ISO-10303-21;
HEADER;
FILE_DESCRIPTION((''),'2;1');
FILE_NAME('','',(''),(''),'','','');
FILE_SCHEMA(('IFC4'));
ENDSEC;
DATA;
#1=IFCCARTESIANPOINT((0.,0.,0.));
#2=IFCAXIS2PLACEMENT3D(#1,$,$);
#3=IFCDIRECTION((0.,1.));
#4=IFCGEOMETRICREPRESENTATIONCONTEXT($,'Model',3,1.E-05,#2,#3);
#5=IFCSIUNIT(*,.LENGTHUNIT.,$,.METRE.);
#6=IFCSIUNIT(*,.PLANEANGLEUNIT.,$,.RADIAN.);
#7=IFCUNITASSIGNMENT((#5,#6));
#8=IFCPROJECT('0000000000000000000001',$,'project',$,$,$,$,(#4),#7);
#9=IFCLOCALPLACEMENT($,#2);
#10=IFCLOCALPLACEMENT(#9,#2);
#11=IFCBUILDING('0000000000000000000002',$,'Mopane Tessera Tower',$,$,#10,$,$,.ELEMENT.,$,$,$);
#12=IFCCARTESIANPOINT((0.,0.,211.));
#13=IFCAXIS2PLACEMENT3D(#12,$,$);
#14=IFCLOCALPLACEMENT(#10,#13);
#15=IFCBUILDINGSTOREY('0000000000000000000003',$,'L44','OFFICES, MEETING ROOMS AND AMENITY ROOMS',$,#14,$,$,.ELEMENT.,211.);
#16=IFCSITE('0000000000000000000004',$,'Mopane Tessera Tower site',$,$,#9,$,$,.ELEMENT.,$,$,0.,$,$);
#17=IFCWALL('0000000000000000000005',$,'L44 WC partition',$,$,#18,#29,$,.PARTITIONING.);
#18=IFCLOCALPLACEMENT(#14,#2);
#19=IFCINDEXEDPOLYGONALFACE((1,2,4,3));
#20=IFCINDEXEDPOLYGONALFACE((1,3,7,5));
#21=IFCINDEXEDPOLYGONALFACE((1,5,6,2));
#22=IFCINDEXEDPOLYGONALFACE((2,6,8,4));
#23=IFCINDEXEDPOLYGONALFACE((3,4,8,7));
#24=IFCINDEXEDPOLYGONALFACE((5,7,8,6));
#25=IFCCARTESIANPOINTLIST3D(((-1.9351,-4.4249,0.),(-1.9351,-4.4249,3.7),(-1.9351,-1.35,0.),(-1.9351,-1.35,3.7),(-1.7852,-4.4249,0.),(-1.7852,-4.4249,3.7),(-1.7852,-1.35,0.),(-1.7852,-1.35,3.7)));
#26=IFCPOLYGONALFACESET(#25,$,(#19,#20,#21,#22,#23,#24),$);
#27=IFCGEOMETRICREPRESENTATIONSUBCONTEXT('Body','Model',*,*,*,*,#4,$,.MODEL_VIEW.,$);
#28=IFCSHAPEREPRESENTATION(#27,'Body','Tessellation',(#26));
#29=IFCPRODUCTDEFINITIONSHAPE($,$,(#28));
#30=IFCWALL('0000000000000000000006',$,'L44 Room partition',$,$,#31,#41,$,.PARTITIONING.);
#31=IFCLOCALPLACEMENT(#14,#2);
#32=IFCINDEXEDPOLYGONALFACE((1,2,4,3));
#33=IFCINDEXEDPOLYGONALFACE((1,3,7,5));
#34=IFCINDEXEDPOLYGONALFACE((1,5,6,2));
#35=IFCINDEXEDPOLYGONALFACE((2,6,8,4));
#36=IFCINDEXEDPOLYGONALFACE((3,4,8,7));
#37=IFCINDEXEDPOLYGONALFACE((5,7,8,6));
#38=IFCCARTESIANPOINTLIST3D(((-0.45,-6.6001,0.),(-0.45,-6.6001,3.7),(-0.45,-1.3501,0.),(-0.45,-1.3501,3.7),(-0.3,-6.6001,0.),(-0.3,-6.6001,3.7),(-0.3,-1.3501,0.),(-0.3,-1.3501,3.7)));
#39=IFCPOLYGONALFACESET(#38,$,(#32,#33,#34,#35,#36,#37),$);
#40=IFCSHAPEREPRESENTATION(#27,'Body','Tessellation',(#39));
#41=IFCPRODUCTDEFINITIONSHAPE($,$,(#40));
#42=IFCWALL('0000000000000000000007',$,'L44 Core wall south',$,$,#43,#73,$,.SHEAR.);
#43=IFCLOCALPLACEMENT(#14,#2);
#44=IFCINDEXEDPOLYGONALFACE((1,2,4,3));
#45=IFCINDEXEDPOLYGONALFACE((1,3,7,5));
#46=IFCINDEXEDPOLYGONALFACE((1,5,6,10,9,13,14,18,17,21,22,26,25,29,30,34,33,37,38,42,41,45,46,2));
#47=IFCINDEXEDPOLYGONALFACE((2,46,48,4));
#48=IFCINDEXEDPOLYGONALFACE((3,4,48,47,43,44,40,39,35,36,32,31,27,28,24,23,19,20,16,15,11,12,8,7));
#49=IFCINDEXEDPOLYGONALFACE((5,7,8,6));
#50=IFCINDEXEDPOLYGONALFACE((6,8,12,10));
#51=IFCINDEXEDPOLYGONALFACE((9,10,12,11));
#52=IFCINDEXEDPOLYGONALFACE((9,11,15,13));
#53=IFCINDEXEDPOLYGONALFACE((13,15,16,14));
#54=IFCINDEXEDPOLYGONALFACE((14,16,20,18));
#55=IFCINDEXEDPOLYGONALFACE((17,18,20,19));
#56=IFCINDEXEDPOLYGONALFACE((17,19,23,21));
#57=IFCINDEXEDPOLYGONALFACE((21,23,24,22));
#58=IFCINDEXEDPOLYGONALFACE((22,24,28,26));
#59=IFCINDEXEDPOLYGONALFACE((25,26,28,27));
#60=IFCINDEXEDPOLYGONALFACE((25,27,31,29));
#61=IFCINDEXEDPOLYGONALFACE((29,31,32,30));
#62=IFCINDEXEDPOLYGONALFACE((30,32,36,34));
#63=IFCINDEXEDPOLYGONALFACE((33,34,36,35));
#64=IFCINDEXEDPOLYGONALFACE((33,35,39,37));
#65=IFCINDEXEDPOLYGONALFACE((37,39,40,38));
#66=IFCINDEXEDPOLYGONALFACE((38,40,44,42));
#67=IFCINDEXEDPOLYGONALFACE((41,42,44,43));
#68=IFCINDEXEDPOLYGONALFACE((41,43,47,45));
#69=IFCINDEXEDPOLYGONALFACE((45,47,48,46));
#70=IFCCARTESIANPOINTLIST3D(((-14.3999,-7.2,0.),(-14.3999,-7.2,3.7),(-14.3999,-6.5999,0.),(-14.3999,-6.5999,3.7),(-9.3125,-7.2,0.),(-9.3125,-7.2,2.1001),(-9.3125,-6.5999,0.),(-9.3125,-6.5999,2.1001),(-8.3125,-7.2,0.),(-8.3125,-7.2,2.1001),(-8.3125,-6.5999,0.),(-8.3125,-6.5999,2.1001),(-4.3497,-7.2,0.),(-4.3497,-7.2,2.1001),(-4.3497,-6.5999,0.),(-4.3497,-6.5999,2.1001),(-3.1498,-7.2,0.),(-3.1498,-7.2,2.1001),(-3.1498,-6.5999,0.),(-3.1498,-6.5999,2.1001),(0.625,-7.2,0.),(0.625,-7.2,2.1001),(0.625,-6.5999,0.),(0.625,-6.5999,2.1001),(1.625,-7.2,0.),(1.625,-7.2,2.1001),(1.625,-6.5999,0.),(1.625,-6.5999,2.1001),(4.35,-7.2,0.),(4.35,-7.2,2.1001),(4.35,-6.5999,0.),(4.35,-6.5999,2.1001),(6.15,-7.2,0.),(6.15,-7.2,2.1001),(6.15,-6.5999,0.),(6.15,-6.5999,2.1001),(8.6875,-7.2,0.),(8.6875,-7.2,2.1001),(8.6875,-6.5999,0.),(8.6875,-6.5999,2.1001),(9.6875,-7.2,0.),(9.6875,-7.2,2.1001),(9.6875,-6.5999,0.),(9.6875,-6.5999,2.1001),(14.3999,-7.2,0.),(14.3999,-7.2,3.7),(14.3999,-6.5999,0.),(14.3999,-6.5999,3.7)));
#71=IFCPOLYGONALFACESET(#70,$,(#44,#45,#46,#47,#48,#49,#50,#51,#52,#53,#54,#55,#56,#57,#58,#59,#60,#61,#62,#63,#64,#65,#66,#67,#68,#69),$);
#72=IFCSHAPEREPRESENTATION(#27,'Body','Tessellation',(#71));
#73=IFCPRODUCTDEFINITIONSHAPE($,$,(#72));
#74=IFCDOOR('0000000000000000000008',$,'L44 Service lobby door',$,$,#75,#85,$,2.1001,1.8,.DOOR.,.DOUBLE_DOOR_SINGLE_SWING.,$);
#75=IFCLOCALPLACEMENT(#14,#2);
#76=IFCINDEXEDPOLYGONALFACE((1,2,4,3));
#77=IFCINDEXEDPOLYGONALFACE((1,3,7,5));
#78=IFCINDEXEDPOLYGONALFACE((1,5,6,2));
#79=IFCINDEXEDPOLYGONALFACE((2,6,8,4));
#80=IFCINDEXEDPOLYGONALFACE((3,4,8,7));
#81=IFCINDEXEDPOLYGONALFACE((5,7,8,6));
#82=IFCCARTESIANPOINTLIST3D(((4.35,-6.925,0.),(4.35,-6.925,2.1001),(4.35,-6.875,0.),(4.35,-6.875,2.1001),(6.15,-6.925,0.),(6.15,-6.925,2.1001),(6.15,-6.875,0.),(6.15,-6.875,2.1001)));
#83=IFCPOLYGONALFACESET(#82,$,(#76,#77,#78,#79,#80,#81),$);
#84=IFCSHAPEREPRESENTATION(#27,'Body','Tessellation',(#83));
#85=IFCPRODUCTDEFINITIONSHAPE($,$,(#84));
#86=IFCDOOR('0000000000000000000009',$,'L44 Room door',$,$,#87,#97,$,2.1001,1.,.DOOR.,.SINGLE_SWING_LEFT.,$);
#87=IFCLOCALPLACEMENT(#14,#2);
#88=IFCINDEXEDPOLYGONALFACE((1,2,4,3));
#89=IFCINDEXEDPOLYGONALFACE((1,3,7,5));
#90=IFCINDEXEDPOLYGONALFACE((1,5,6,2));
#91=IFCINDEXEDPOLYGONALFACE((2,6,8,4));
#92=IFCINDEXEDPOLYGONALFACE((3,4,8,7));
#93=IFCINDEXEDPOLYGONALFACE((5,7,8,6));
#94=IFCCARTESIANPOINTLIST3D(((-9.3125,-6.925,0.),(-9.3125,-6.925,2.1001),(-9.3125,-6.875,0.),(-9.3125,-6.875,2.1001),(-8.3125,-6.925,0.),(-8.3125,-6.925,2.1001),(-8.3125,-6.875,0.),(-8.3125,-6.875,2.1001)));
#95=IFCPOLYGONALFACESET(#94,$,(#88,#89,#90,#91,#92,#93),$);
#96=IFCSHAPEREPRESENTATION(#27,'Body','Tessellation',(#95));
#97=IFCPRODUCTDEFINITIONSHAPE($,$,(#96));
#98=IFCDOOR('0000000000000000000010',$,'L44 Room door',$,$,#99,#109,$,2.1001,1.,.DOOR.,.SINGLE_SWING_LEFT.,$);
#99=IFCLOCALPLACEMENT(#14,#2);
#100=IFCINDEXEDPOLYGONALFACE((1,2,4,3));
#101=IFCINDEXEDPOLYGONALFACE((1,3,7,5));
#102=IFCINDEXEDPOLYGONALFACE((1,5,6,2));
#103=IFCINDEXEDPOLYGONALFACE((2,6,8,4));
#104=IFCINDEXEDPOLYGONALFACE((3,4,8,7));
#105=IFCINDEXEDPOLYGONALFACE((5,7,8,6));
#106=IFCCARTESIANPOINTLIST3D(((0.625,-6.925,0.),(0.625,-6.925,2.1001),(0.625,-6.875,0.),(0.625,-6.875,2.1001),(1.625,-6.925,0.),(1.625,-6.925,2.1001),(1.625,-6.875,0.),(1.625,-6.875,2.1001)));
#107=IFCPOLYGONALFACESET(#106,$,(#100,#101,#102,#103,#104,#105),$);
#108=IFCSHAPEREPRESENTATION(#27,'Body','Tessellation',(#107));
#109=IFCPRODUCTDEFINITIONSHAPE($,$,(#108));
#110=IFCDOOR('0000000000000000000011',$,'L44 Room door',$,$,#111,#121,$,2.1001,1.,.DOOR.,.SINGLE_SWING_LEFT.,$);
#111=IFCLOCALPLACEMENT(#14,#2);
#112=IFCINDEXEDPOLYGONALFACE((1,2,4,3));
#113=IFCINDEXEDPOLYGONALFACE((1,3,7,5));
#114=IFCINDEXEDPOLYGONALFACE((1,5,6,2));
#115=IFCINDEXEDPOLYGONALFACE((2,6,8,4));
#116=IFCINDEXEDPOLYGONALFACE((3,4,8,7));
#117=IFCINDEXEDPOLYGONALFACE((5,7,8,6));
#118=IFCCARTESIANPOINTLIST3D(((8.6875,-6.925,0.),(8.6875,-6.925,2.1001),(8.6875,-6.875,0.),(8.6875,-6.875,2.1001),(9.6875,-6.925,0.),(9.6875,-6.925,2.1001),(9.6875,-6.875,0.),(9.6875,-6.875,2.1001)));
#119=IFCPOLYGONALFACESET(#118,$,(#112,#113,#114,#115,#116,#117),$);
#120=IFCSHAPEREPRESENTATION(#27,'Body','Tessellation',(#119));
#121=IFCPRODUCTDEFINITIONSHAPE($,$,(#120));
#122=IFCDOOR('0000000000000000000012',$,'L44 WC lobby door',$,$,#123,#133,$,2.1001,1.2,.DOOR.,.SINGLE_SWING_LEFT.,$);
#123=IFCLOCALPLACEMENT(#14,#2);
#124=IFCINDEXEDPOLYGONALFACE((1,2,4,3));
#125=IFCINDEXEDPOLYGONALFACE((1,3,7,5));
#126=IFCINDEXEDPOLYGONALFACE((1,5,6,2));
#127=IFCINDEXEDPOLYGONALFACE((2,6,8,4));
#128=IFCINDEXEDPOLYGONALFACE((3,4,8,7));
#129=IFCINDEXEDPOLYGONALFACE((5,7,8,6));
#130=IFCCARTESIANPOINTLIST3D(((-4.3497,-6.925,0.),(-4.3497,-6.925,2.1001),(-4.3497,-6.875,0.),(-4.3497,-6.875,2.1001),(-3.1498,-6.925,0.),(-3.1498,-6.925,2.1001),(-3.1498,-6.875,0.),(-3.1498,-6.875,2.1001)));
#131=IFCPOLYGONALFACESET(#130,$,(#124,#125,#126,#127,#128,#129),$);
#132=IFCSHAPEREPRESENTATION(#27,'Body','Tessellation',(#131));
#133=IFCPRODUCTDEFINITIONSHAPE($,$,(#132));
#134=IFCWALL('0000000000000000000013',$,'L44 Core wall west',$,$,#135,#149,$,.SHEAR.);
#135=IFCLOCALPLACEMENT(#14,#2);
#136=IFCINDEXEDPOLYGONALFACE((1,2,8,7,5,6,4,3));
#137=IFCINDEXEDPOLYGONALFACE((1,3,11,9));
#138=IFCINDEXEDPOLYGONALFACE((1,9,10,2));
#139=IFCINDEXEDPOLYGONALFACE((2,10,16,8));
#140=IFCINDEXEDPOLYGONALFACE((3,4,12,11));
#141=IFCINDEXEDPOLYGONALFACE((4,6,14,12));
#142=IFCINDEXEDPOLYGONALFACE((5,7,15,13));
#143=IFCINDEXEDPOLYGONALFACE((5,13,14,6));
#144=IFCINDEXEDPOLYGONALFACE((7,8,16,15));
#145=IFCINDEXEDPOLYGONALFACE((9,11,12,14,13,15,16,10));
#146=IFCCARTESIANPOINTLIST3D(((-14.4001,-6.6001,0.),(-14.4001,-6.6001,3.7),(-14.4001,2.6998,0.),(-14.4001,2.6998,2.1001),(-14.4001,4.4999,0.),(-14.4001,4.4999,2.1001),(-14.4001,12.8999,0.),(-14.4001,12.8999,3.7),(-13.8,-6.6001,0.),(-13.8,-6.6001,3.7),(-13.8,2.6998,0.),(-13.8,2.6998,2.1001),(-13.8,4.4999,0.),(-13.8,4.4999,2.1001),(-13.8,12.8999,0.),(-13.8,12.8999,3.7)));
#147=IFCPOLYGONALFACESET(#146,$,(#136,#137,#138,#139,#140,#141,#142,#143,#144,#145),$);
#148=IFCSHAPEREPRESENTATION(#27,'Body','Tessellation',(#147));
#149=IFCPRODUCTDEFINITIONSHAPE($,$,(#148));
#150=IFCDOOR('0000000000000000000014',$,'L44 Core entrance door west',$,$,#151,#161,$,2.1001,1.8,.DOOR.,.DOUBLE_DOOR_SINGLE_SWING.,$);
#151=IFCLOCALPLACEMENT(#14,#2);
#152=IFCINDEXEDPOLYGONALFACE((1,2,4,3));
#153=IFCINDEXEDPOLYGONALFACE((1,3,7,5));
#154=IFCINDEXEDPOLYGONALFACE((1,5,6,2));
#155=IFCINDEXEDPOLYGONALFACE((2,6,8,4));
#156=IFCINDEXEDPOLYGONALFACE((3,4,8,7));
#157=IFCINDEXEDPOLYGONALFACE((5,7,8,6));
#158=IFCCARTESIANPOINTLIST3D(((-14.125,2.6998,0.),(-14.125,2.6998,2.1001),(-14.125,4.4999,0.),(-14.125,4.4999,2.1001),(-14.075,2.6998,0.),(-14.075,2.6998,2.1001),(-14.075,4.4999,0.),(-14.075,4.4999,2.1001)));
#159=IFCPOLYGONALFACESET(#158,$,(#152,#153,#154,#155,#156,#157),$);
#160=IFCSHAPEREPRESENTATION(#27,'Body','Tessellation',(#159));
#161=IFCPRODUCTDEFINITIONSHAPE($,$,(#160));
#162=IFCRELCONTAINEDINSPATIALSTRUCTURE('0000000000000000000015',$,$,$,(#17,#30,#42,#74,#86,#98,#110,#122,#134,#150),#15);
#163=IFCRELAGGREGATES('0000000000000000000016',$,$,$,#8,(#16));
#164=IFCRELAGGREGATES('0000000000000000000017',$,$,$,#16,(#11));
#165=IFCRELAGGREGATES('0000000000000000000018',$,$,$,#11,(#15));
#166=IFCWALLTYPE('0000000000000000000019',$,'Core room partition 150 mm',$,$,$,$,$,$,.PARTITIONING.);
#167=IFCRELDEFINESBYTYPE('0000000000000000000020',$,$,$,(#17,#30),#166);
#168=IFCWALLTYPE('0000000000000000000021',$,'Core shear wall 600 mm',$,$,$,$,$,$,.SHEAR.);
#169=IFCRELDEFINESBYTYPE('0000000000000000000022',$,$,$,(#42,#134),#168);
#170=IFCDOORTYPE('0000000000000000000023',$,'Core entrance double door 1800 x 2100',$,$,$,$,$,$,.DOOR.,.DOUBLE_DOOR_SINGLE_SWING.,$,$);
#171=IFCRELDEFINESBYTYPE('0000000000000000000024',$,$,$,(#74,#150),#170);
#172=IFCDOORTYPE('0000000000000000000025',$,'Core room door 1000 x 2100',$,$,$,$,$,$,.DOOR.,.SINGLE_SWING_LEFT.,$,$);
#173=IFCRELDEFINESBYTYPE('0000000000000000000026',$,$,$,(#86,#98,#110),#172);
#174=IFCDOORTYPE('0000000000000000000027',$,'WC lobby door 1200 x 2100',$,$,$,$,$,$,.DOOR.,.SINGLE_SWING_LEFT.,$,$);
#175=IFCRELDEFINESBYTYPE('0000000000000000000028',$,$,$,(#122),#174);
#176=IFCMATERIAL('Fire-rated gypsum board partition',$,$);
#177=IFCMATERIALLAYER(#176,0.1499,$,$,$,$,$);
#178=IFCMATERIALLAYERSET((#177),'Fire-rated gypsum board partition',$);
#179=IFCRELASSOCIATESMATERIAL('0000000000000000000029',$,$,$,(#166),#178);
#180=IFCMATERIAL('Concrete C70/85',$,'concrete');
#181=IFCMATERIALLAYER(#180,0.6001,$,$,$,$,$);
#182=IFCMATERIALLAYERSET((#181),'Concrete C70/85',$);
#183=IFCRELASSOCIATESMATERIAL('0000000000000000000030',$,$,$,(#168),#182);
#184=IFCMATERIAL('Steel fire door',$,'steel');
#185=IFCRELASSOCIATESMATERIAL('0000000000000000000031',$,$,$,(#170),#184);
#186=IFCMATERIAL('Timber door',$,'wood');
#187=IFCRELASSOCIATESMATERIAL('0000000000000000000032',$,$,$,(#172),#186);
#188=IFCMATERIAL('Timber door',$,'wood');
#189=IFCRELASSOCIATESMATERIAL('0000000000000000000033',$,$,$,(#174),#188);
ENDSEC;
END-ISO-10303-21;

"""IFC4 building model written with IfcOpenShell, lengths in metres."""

from ifc_helpers import new_model, si_unit, direction, frame, frame_2d, origin, place, context, subcontext, project, spatial, rectangle, extrude, material, layer, layer_set, type_object, element, fill, save


model = new_model("IFC4")

# Units and contexts
model_context = context("Model", 3, precision=1e-05, world=origin(), true_north=direction((0.0, 1.0)))
body_context = subcontext(model_context, "Body", "Model", "MODEL_VIEW")
ifc_project = project(units=[si_unit("LENGTHUNIT", "METRE"), si_unit("PLANEANGLEUNIT", "RADIAN")], contexts=[model_context])

# Site, building, storey
site_placement = place(None, origin())
site = spatial("IfcSite", under=ifc_project, at=site_placement, Name="Mopane Tessera Tower site", CompositionType="ELEMENT", RefElevation=0.0)
building_placement = place(site_placement, origin())
building = spatial("IfcBuilding", under=site, at=building_placement, Name="Mopane Tessera Tower", CompositionType="ELEMENT")
storey_placement = place(building_placement, frame((0.0, 0.0, 211.0)))
storey = spatial("IfcBuildingStorey", under=building, at=storey_placement, Name="L44", Description="OFFICES, MEETING ROOMS AND AMENITY ROOMS", CompositionType="ELEMENT", Elevation=211.0)

# Shared definitions
ifc_material_1 = material(Name="Fire-rated gypsum board partition")
ifc_layer_1 = layer(ifc_material_1, 0.1499)
ifc_layer_set_1 = layer_set([ifc_layer_1], Name="Fire-rated gypsum board partition")
wall_type_1 = type_object("IfcWallType", Name="Core room partition 150 mm", PredefinedType="PARTITIONING", material=ifc_layer_set_1)

# Walls
for number, where, z_axis, x_axis, name in (
    (1, (-1.8601, -4.425, 0.0), (0.0, 0.0, 1.0), (0.0, 1.0, 0.0), "L44 WC partition"),
):
    element("IfcWall", number, at=place(storey_placement, frame(where, z_axis=z_axis, x_axis=x_axis)), inside=storey, type_object=wall_type_1, Name=name, PredefinedType="PARTITIONING", context=body_context, shape_type="SweptSolid", body=[
        extrude(rectangle(XDim=3.075, YDim=0.1499, at=frame_2d((1.5376, 0.0))), origin(), (0.0, 0.0, 1.0), 3.7),
    ])
wall_1_placement = place(storey_placement, frame((-0.375, -6.6001, 0.0), z_axis=(0.0, 0.0, 1.0), x_axis=(0.0, 1.0, 0.0)))
element("IfcWall", 2, at=wall_1_placement, inside=storey, type_object=wall_type_1, Name="L44 Room partition", PredefinedType="PARTITIONING", context=body_context, shape_type="SweptSolid", body=[
    extrude(rectangle(XDim=5.25, YDim=0.1499, at=frame_2d((2.625, 0.0))), origin(), (0.0, 0.0, 1.0), 3.7),
])

# Wall, openings, doors
ifc_material_2 = material(Name="Concrete C70/85", Category="concrete")
ifc_layer_2 = layer(ifc_material_2, 0.6001)
ifc_layer_set_2 = layer_set([ifc_layer_2], Name="Concrete C70/85")
wall_type_2 = type_object("IfcWallType", Name="Core shear wall 600 mm", PredefinedType="SHEAR", material=ifc_layer_set_2)
wall_2_placement = place(storey_placement, frame((-14.3999, -6.8999, 0.0), z_axis=(0.0, 0.0, 1.0), x_axis=(1.0, 0.0, 0.0)))
wall_2 = element("IfcWall", 3, at=wall_2_placement, inside=storey, type_object=wall_type_2, Name="L44 Core wall south", PredefinedType="SHEAR", context=body_context, shape_type="SweptSolid", body=[
    extrude(rectangle(XDim=28.7998, YDim=0.6001, at=frame_2d((14.3999, 0.0))), origin(), (0.0, 0.0, 1.0), 3.7),
])
opening_1_placement = place(wall_2_placement, frame((5.0874, 0.0, 0.0)))
opening_1 = element("IfcOpeningElement", 4, at=opening_1_placement, cuts=wall_2, PredefinedType="OPENING", context=body_context, shape_type="SweptSolid", body=[
    extrude(rectangle(XDim=1.0, YDim=2.1001, at=frame_2d((0.5, 1.05))), frame((0.0, 0.312, 0.0), z_axis=(0.0, -1.0, 0.0), x_axis=(1.0, 0.0, 0.0)), (0.0, 0.0, 1.0), 0.624),
])
opening_2_placement = place(wall_2_placement, frame((10.05, 0.0, 0.0)))
opening_2 = element("IfcOpeningElement", 5, at=opening_2_placement, cuts=wall_2, PredefinedType="OPENING", context=body_context, shape_type="SweptSolid", body=[
    extrude(rectangle(XDim=1.2, YDim=2.1001, at=frame_2d((0.6001, 1.05))), frame((0.0, 0.312, 0.0), z_axis=(0.0, -1.0, 0.0), x_axis=(1.0, 0.0, 0.0)), (0.0, 0.0, 1.0), 0.624),
])
opening_3_placement = place(wall_2_placement, frame((15.0249, 0.0, 0.0)))
opening_3 = element("IfcOpeningElement", 6, at=opening_3_placement, cuts=wall_2, PredefinedType="OPENING", context=body_context, shape_type="SweptSolid", body=[
    extrude(rectangle(XDim=1.0, YDim=2.1001, at=frame_2d((0.5, 1.05))), frame((0.0, 0.312, 0.0), z_axis=(0.0, -1.0, 0.0), x_axis=(1.0, 0.0, 0.0)), (0.0, 0.0, 1.0), 0.624),
])
opening_4_placement = place(wall_2_placement, frame((18.75, 0.0, 0.0)))
opening_4 = element("IfcOpeningElement", 7, at=opening_4_placement, cuts=wall_2, PredefinedType="OPENING", context=body_context, shape_type="SweptSolid", body=[
    extrude(rectangle(XDim=1.8, YDim=2.1001, at=frame_2d((0.8999, 1.05))), frame((0.0, 0.312, 0.0), z_axis=(0.0, -1.0, 0.0), x_axis=(1.0, 0.0, 0.0)), (0.0, 0.0, 1.0), 0.624),
])
opening_5_placement = place(wall_2_placement, frame((23.0874, 0.0, 0.0)))
opening_5 = element("IfcOpeningElement", 8, at=opening_5_placement, cuts=wall_2, PredefinedType="OPENING", context=body_context, shape_type="SweptSolid", body=[
    extrude(rectangle(XDim=1.0, YDim=2.1001, at=frame_2d((0.5, 1.05))), frame((0.0, 0.312, 0.0), z_axis=(0.0, -1.0, 0.0), x_axis=(1.0, 0.0, 0.0)), (0.0, 0.0, 1.0), 0.624),
])
ifc_material_3 = material(Name="Steel fire door", Category="steel")
door_type_1 = type_object("IfcDoorType", Name="Core entrance double door 1800 x 2100", OperationType="DOUBLE_DOOR_SINGLE_SWING", PredefinedType="DOOR", material=ifc_material_3)
door_1_placement = place(opening_4_placement, origin())
door_1 = element("IfcDoor", 9, at=door_1_placement, inside=storey, type_object=door_type_1, Name="L44 Service lobby door", OperationType="DOUBLE_DOOR_SINGLE_SWING", OverallHeight=2.1001, OverallWidth=1.8, PredefinedType="DOOR", context=body_context, shape_type="SweptSolid", body=[
    extrude(rectangle(XDim=1.8, YDim=2.1001, at=frame_2d((0.8999, 1.05))), frame((0.0, 0.0249, 0.0), z_axis=(0.0, -1.0, 0.0), x_axis=(1.0, 0.0, 0.0)), (0.0, 0.0, 1.0), 0.05),
])
fill(opening_4, door_1)
ifc_material_4 = material(Name="Timber door", Category="wood")
door_type_2 = type_object("IfcDoorType", Name="Core room door 1000 x 2100", OperationType="SINGLE_SWING_LEFT", PredefinedType="DOOR", material=ifc_material_4)
door_2_placement = place(opening_1_placement, origin())
door_2 = element("IfcDoor", 10, at=door_2_placement, inside=storey, type_object=door_type_2, Name="L44 Room door", OperationType="SINGLE_SWING_LEFT", OverallHeight=2.1001, OverallWidth=1.0, PredefinedType="DOOR", context=body_context, shape_type="SweptSolid", body=[
    extrude(rectangle(XDim=1.0, YDim=2.1001, at=frame_2d((0.5, 1.05))), frame((0.0, 0.0249, 0.0), z_axis=(0.0, -1.0, 0.0), x_axis=(1.0, 0.0, 0.0)), (0.0, 0.0, 1.0), 0.05),
])
fill(opening_1, door_2)
door_3_placement = place(opening_3_placement, origin())
door_3 = element("IfcDoor", 11, at=door_3_placement, inside=storey, type_object=door_type_2, Name="L44 Room door", OperationType="SINGLE_SWING_LEFT", OverallHeight=2.1001, OverallWidth=1.0, PredefinedType="DOOR", context=body_context, shape_type="SweptSolid", body=[
    extrude(rectangle(XDim=1.0, YDim=2.1001, at=frame_2d((0.5, 1.05))), frame((0.0, 0.0249, 0.0), z_axis=(0.0, -1.0, 0.0), x_axis=(1.0, 0.0, 0.0)), (0.0, 0.0, 1.0), 0.05),
])
fill(opening_3, door_3)
door_4_placement = place(opening_5_placement, origin())
door_4 = element("IfcDoor", 12, at=door_4_placement, inside=storey, type_object=door_type_2, Name="L44 Room door", OperationType="SINGLE_SWING_LEFT", OverallHeight=2.1001, OverallWidth=1.0, PredefinedType="DOOR", context=body_context, shape_type="SweptSolid", body=[
    extrude(rectangle(XDim=1.0, YDim=2.1001, at=frame_2d((0.5, 1.05))), frame((0.0, 0.0249, 0.0), z_axis=(0.0, -1.0, 0.0), x_axis=(1.0, 0.0, 0.0)), (0.0, 0.0, 1.0), 0.05),
])
fill(opening_5, door_4)
ifc_material_5 = material(Name="Timber door", Category="wood")
door_type_3 = type_object("IfcDoorType", Name="WC lobby door 1200 x 2100", OperationType="SINGLE_SWING_LEFT", PredefinedType="DOOR", material=ifc_material_5)
door_5_placement = place(opening_2_placement, origin())
door_5 = element("IfcDoor", 13, at=door_5_placement, inside=storey, type_object=door_type_3, Name="L44 WC lobby door", OperationType="SINGLE_SWING_LEFT", OverallHeight=2.1001, OverallWidth=1.2, PredefinedType="DOOR", context=body_context, shape_type="SweptSolid", body=[
    extrude(rectangle(XDim=1.2, YDim=2.1001, at=frame_2d((0.6001, 1.05))), frame((0.0, 0.0249, 0.0), z_axis=(0.0, -1.0, 0.0), x_axis=(1.0, 0.0, 0.0)), (0.0, 0.0, 1.0), 0.05),
])
fill(opening_2, door_5)

# Wall, opening, door
wall_3_placement = place(storey_placement, frame((-14.1001, -6.6001, 0.0), z_axis=(0.0, 0.0, 1.0), x_axis=(0.0, 1.0, 0.0)))
wall_3 = element("IfcWall", 14, at=wall_3_placement, inside=storey, type_object=wall_type_2, Name="L44 Core wall west", PredefinedType="SHEAR", context=body_context, shape_type="SweptSolid", body=[
    extrude(rectangle(XDim=19.5, YDim=0.6001, at=frame_2d((9.75, 0.0))), origin(), (0.0, 0.0, 1.0), 3.7),
])
opening_6_placement = place(wall_3_placement, frame((9.3, 0.0, 0.0)))
opening_6 = element("IfcOpeningElement", 15, at=opening_6_placement, cuts=wall_3, PredefinedType="OPENING", context=body_context, shape_type="SweptSolid", body=[
    extrude(rectangle(XDim=1.8, YDim=2.1001, at=frame_2d((0.8999, 1.05))), frame((0.0, 0.312, 0.0), z_axis=(0.0, -1.0, 0.0), x_axis=(1.0, 0.0, 0.0)), (0.0, 0.0, 1.0), 0.624),
])
door_6_placement = place(opening_6_placement, origin())
door_6 = element("IfcDoor", 16, at=door_6_placement, inside=storey, type_object=door_type_1, Name="L44 Core entrance door west", OperationType="DOUBLE_DOOR_SINGLE_SWING", OverallHeight=2.1001, OverallWidth=1.8, PredefinedType="DOOR", context=body_context, shape_type="SweptSolid", body=[
    extrude(rectangle(XDim=1.8, YDim=2.1001, at=frame_2d((0.8999, 1.05))), frame((0.0, 0.0249, 0.0), z_axis=(0.0, -1.0, 0.0), x_axis=(1.0, 0.0, 0.0)), (0.0, 0.0, 1.0), 0.05),
])
fill(opening_6, door_6)

save(model, "model.ifc")
